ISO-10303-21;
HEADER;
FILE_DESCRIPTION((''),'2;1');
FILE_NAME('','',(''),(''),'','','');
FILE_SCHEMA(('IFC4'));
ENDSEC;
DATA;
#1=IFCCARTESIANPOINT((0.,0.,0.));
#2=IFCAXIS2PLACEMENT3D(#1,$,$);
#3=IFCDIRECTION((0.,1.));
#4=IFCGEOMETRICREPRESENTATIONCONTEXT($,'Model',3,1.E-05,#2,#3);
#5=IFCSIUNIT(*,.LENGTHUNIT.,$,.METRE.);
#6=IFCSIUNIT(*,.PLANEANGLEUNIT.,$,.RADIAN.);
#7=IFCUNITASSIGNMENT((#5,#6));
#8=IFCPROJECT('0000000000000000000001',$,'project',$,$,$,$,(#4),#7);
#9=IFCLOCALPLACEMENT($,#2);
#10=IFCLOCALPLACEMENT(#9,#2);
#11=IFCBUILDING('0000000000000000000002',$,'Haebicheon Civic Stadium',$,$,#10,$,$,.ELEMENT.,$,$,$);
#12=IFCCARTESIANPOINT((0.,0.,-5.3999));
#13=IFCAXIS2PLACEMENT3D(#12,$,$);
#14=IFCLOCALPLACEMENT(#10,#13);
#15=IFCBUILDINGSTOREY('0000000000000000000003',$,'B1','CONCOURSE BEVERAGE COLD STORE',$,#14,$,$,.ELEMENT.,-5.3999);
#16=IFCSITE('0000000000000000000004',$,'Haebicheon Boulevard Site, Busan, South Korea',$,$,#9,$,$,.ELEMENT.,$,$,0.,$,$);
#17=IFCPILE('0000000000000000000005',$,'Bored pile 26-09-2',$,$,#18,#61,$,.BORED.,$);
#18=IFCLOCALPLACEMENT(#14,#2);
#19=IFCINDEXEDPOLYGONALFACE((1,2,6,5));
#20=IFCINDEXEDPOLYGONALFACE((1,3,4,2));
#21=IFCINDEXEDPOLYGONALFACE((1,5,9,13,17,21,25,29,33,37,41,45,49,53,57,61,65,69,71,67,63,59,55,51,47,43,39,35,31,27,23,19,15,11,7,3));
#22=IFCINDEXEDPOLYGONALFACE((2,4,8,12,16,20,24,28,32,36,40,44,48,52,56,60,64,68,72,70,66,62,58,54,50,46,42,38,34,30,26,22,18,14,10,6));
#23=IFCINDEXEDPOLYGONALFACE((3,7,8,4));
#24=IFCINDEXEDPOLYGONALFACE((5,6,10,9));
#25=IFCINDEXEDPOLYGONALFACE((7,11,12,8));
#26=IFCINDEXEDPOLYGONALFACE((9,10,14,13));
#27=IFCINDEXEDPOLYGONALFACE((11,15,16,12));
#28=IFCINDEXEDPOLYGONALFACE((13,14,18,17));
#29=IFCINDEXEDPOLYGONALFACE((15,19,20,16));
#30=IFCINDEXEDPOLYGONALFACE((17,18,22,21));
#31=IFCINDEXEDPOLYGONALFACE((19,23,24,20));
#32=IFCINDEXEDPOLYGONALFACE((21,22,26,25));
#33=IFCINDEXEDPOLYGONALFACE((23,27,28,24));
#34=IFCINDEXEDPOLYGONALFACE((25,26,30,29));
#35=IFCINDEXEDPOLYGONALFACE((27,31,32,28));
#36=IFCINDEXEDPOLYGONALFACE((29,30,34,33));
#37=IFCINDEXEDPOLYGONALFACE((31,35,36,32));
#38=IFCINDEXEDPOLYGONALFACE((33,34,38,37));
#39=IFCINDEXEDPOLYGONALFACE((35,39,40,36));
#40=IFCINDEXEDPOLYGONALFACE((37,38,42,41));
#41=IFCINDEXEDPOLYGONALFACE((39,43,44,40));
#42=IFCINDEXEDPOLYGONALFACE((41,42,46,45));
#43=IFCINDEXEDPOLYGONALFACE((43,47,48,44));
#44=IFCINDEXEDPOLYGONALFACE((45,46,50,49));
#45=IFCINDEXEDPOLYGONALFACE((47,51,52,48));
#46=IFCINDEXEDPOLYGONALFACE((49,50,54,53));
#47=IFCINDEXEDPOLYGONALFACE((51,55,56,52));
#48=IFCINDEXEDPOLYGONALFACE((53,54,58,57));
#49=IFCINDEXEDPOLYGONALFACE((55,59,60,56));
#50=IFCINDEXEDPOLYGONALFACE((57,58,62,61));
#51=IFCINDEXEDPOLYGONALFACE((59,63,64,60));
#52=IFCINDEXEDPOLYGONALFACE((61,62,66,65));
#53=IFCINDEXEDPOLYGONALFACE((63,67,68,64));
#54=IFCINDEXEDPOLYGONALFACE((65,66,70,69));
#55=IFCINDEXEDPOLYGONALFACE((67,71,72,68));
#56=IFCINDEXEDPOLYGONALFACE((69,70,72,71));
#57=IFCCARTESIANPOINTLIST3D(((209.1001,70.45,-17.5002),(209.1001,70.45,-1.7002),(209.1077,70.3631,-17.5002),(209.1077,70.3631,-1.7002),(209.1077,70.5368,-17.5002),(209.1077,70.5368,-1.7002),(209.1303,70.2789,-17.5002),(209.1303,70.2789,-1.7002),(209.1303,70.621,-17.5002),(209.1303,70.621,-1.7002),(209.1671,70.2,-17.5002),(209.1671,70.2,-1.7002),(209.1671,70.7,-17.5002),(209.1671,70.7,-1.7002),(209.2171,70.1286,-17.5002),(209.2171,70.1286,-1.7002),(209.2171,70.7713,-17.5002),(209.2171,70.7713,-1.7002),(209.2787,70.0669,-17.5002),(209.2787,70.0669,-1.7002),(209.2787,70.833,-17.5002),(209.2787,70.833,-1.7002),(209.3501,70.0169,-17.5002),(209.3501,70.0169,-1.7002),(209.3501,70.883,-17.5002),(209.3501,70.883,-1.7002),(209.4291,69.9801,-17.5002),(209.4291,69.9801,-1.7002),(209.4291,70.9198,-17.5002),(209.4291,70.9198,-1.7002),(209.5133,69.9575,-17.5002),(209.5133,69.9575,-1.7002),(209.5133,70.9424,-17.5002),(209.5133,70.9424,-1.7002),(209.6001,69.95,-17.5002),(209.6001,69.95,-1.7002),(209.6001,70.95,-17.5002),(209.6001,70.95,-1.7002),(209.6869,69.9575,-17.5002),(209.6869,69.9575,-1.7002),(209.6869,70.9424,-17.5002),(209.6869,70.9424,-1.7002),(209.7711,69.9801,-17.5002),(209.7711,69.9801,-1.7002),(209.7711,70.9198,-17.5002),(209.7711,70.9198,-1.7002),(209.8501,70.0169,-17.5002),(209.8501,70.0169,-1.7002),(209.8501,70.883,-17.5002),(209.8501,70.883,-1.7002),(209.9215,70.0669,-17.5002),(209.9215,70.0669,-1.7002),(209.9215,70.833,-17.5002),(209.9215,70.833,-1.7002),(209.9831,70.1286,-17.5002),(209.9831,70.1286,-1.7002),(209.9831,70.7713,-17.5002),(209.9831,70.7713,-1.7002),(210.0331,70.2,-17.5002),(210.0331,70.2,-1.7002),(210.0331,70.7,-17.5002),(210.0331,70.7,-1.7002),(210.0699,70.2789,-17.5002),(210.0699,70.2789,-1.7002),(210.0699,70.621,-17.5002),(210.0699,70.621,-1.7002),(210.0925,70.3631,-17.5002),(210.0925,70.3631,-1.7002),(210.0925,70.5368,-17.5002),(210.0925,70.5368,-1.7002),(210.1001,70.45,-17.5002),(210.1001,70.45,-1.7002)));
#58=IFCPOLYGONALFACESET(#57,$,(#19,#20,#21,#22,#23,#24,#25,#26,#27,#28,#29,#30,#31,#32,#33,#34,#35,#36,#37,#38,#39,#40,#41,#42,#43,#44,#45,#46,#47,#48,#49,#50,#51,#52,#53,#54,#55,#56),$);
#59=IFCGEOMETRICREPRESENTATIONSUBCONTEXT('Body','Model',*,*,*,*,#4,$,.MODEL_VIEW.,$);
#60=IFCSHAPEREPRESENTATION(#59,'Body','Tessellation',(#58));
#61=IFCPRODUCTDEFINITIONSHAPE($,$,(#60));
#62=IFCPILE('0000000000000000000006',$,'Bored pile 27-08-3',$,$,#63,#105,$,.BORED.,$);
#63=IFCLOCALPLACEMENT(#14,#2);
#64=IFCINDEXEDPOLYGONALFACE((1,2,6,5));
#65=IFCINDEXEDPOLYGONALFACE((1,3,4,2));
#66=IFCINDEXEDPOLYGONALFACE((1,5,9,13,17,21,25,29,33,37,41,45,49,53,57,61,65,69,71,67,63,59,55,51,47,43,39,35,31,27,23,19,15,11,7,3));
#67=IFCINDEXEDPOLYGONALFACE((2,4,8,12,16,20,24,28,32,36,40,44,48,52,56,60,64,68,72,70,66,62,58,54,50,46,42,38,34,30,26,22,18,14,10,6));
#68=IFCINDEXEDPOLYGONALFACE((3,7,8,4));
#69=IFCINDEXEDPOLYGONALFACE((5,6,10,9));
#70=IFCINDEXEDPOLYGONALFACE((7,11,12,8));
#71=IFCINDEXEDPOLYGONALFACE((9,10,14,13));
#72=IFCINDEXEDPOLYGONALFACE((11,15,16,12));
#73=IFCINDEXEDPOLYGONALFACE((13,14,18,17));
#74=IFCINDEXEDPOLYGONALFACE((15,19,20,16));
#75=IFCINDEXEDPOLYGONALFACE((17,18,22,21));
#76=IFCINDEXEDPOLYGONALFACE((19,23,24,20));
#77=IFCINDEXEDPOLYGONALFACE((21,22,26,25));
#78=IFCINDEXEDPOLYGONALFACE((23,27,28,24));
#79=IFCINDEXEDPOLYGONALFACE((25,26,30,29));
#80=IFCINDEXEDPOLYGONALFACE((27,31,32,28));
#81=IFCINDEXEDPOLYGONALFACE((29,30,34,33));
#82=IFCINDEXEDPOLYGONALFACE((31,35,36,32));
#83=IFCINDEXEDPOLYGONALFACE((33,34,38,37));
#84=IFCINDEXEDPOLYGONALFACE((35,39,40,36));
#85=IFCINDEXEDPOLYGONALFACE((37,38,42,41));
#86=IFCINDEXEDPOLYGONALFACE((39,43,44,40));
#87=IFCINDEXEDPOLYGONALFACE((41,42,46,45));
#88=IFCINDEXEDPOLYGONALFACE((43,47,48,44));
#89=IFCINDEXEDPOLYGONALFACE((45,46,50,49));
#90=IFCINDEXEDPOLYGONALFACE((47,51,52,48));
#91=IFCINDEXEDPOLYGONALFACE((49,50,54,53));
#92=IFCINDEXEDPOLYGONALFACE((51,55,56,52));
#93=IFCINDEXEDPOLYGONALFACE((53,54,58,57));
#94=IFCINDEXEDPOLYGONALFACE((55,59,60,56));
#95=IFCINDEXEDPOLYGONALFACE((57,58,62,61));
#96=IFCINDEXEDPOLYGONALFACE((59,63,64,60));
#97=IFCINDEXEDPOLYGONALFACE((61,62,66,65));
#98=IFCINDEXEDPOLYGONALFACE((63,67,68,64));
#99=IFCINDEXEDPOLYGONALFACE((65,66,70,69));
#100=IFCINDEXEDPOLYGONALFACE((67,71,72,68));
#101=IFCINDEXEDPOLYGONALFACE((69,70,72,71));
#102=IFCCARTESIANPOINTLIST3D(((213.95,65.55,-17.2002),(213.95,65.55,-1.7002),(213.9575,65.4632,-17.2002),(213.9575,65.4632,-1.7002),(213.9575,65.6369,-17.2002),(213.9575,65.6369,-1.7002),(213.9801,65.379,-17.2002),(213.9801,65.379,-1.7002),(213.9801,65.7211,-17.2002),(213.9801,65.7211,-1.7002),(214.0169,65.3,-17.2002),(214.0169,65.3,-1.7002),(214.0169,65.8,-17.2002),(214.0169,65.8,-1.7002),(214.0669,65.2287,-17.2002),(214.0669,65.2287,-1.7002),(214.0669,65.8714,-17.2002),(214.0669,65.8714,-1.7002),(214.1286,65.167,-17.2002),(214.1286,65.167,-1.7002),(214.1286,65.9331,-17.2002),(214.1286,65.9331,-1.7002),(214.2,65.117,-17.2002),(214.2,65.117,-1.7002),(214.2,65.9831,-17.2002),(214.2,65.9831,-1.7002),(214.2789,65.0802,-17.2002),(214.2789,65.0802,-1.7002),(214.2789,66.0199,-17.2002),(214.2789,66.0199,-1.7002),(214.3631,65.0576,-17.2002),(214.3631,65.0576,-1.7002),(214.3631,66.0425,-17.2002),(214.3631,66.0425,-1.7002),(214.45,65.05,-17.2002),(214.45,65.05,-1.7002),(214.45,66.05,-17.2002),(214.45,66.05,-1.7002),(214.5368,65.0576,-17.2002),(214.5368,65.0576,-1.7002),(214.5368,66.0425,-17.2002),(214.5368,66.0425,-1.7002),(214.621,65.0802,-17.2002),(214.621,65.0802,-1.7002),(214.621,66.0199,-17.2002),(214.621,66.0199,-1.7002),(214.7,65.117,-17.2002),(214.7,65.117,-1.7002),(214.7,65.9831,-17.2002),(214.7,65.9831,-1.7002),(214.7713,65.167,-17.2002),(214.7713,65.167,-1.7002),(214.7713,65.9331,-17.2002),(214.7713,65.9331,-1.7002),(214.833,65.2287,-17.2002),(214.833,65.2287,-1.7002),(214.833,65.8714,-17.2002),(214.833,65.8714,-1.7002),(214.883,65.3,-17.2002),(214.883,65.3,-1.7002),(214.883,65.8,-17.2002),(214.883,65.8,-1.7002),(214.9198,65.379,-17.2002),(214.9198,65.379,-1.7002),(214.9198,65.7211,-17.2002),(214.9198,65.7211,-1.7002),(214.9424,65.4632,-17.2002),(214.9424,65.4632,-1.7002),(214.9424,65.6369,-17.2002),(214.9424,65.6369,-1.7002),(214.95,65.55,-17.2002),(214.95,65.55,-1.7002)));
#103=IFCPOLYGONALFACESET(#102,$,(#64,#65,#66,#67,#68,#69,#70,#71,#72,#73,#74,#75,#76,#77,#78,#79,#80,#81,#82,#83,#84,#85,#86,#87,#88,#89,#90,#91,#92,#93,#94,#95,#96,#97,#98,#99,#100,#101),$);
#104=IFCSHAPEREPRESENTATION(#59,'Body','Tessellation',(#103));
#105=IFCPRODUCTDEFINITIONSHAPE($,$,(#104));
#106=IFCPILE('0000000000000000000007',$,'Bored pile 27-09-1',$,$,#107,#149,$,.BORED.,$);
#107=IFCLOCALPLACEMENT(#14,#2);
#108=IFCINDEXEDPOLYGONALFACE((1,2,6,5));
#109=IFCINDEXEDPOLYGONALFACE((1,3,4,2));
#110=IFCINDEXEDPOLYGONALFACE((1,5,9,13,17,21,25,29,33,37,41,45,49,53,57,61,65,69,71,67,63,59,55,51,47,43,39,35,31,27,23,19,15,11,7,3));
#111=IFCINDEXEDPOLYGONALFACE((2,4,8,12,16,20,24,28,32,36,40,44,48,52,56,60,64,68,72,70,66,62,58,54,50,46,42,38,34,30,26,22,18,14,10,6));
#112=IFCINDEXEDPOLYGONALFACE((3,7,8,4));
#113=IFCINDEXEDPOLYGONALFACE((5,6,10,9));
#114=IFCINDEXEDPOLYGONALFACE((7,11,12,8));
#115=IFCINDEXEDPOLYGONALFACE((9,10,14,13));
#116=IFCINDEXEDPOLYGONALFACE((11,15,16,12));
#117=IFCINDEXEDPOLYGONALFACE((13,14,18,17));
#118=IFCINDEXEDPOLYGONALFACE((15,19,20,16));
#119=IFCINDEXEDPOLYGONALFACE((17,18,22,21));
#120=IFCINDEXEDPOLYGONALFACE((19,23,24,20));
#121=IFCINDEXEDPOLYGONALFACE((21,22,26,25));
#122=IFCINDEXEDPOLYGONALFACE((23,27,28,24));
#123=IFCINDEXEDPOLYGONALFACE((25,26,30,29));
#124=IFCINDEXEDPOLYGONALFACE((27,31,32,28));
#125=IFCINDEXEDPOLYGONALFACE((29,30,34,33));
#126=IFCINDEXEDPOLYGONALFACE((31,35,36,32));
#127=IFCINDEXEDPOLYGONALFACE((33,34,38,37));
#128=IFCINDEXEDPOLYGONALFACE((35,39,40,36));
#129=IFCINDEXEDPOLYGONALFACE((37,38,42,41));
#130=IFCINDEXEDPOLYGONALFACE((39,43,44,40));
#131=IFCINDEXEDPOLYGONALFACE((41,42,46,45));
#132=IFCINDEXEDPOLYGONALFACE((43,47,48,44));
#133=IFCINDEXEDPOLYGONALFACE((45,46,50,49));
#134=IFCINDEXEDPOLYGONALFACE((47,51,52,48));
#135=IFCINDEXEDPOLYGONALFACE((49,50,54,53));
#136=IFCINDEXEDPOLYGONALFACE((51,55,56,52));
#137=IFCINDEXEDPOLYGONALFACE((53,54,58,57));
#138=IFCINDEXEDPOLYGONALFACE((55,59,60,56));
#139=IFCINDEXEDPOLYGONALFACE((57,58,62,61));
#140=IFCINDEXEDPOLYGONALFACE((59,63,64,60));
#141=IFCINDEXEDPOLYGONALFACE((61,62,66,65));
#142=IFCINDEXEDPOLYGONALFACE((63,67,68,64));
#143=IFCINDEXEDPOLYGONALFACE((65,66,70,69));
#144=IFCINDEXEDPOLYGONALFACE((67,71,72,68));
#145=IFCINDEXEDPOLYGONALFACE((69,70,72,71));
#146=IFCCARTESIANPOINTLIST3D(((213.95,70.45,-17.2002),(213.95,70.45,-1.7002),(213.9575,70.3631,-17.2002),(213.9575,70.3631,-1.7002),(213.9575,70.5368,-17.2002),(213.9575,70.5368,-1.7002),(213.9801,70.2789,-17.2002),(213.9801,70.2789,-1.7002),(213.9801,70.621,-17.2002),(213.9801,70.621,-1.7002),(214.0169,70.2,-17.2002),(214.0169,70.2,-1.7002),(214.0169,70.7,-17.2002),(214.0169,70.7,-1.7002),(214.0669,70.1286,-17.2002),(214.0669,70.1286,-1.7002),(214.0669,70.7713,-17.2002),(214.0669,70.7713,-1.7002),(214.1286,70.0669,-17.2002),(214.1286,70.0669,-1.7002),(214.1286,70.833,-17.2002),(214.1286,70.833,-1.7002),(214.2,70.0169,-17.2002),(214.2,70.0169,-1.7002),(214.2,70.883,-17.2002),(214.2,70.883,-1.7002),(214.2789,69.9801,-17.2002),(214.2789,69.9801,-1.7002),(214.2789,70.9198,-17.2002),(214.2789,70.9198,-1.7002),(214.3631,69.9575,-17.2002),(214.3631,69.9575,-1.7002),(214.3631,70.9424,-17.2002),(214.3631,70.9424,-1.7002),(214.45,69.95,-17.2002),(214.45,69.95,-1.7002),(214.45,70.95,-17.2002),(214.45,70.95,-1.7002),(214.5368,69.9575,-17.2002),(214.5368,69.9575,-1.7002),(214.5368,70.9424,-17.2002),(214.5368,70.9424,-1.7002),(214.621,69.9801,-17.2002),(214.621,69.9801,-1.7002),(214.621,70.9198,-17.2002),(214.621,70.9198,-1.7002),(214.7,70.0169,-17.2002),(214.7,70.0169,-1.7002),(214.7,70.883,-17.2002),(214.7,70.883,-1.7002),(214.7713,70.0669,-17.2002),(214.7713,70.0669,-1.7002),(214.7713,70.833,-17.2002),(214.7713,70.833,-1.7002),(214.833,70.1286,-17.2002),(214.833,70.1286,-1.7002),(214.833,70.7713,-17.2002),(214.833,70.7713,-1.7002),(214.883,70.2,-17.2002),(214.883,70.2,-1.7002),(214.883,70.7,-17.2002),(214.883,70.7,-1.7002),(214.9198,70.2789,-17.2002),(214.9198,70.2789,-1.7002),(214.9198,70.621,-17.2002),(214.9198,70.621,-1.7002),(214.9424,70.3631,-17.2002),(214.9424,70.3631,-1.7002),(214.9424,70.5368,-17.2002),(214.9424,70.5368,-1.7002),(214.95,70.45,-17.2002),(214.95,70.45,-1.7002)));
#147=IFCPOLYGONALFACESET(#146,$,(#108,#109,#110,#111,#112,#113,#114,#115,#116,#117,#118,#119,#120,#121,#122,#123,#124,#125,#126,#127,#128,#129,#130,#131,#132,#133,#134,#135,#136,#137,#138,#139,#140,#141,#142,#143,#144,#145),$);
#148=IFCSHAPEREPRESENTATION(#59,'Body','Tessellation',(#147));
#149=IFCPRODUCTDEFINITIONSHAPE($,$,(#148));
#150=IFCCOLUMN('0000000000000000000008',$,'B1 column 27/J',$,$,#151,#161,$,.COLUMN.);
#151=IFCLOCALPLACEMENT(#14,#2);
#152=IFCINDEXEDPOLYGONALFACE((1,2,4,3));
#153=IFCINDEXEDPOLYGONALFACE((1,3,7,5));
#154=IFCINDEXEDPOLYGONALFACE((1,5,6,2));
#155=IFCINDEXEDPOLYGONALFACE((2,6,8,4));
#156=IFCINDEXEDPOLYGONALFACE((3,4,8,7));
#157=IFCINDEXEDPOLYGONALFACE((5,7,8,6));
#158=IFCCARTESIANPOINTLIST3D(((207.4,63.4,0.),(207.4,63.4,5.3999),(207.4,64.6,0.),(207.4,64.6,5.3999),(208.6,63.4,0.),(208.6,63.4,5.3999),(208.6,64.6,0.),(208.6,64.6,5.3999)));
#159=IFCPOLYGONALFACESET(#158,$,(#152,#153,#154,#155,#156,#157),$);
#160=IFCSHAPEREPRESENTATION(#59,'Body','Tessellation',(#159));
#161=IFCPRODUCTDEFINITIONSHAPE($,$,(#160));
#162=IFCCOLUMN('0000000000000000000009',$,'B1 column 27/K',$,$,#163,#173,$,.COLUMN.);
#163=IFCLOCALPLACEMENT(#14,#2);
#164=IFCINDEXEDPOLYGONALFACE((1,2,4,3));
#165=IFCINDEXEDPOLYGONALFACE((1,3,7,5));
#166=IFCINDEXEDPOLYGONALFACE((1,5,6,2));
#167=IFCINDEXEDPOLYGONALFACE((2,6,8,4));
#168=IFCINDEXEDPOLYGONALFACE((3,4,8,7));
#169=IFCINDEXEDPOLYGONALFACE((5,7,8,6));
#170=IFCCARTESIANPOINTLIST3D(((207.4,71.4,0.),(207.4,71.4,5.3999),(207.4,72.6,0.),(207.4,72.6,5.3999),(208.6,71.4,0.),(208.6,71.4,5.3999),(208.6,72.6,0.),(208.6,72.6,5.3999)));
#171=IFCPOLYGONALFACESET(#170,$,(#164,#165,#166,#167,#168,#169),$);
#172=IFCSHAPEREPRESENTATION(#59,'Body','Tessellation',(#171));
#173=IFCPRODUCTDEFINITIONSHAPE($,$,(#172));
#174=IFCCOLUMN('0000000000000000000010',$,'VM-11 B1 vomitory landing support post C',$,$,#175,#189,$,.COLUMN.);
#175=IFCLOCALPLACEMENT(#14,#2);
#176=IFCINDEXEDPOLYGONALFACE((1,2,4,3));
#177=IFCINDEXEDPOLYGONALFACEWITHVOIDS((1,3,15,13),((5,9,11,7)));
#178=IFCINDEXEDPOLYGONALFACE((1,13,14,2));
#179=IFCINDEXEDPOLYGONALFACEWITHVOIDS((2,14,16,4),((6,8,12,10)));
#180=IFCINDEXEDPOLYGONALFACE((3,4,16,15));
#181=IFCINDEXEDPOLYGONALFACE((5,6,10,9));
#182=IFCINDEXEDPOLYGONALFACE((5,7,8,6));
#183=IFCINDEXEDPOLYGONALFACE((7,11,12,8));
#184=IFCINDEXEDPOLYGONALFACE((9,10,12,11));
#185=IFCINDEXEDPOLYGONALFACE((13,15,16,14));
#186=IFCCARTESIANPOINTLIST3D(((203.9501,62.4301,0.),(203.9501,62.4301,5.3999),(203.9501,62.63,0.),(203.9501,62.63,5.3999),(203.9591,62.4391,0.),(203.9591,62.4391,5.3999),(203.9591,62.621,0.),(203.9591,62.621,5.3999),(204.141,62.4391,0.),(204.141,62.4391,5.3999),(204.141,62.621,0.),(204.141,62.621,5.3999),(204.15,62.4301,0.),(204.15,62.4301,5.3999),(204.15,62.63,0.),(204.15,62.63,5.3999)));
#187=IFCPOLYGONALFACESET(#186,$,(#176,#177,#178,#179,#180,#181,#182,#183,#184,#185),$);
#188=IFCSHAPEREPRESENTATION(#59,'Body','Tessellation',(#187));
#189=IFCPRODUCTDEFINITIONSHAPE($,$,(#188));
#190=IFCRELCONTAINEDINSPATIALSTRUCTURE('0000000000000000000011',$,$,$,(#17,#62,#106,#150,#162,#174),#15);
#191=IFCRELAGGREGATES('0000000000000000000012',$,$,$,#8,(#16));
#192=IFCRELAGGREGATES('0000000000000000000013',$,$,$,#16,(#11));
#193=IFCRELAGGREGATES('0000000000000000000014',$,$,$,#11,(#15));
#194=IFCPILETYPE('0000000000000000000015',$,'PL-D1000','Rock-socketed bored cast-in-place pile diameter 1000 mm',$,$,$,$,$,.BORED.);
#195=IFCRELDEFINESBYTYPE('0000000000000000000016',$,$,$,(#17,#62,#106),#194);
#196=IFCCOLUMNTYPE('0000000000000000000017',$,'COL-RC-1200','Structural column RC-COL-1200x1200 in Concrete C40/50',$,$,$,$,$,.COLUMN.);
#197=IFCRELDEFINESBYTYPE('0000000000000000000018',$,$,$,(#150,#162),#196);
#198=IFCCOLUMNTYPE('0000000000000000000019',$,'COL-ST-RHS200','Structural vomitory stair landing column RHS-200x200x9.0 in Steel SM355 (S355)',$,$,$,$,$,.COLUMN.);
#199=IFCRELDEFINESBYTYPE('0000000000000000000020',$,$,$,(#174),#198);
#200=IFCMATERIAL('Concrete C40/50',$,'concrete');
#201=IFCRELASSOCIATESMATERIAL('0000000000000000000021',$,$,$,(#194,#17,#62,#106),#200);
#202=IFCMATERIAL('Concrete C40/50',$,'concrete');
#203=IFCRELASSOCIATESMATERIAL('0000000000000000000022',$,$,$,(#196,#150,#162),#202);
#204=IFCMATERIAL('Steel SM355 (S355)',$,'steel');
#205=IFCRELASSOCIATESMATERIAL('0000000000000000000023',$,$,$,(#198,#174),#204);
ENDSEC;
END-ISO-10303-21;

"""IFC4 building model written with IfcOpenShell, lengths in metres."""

from ifc_helpers import new_model, si_unit, direction, frame, origin, origin_2d, place, context, subcontext, project, spatial, rectangle, hollow_rectangle, circle, extrude, material, material_profile, profile_set, type_object, element, save


model = new_model("IFC4")

# Units and contexts
model_context = context("Model", 3, precision=1e-05, world=origin(), true_north=direction((0.0, 1.0)))
body_context = subcontext(model_context, "Body", "Model", "MODEL_VIEW")
ifc_project = project(units=[si_unit("LENGTHUNIT", "METRE"), si_unit("PLANEANGLEUNIT", "RADIAN")], contexts=[model_context])

# Site, building, storey
site_placement = place(None, origin())
site = spatial("IfcSite", under=ifc_project, at=site_placement, Name="Haebicheon Boulevard Site, Busan, South Korea", CompositionType="ELEMENT", RefElevation=0.0)
building_placement = place(site_placement, origin())
building = spatial("IfcBuilding", under=site, at=building_placement, Name="Haebicheon Civic Stadium", CompositionType="ELEMENT")
storey_placement = place(building_placement, frame((0.0, 0.0, -5.3999)))
storey = spatial("IfcBuildingStorey", under=building, at=storey_placement, Name="B1", Description="CONCOURSE BEVERAGE COLD STORE", CompositionType="ELEMENT", Elevation=-5.3999)

# Piles
ifc_material_1 = material(Name="Concrete C40/50", Category="concrete")
ifc_material_profile_1 = material_profile(ifc_material_1, circle(Radius=0.5, at=origin_2d()), Name="PILE-D1000")
ifc_profile_set_1 = profile_set([ifc_material_profile_1], Name="Concrete C40/50")
pile_type = type_object("IfcPileType", Name="PL-D1000", Description="Rock-socketed bored cast-in-place pile diameter 1000 mm", PredefinedType="BORED", material=ifc_profile_set_1)
for number, where, z_axis, x_axis, name in (
    (1, (209.6001, 70.45, -1.7002), (0.0, 0.0, -1.0), (1.0, 0.0, 0.0), "Bored pile 26-09-2"),
):
    element("IfcPile", number, at=place(storey_placement, frame(where, z_axis=z_axis, x_axis=x_axis)), inside=storey, type_object=pile_type, material=ifc_profile_set_1, Name=name, PredefinedType="BORED", context=body_context, shape_type="SweptSolid", body=[
        extrude(circle(Radius=0.5, at=origin_2d()), origin(), (0.0, 0.0, 1.0), 15.8),
    ])
for number, where, z_axis, x_axis, name in (
    (2, (214.45, 65.55, -1.7002), (0.0, 0.0, -1.0), (1.0, 0.0, 0.0), "Bored pile 27-08-3"),
    (3, (214.45, 70.45, -1.7002), (0.0, 0.0, -1.0), (1.0, 0.0, 0.0), "Bored pile 27-09-1"),
):
    element("IfcPile", number, at=place(storey_placement, frame(where, z_axis=z_axis, x_axis=x_axis)), inside=storey, type_object=pile_type, material=ifc_profile_set_1, Name=name, PredefinedType="BORED", context=body_context, shape_type="SweptSolid", body=[
        extrude(circle(Radius=0.5, at=origin_2d()), origin(), (0.0, 0.0, 1.0), 15.5),
    ])

# Columns
ifc_material_2 = material(Name="Concrete C40/50", Category="concrete")
ifc_material_profile_2 = material_profile(ifc_material_2, rectangle(XDim=1.2, YDim=1.2, at=origin_2d()), Name="RC-COL-1200x1200")
ifc_profile_set_2 = profile_set([ifc_material_profile_2], Name="Concrete C40/50")
column_type_1 = type_object("IfcColumnType", Name="COL-RC-1200", Description="Structural column RC-COL-1200x1200 in Concrete C40/50", PredefinedType="COLUMN", material=ifc_profile_set_2)
for number, where, z_axis, x_axis, name in (
    (4, (208.0, 64.0, 0.0), (0.0, 0.0, 1.0), (1.0, 0.0, 0.0), "B1 column 27/J"),
    (5, (208.0, 72.0, 0.0), (0.0, 0.0, 1.0), (1.0, 0.0, 0.0), "B1 column 27/K"),
):
    element("IfcColumn", number, at=place(storey_placement, frame(where, z_axis=z_axis, x_axis=x_axis)), inside=storey, type_object=column_type_1, material=ifc_profile_set_2, Name=name, PredefinedType="COLUMN", context=body_context, shape_type="SweptSolid", body=[
        extrude(rectangle(XDim=1.2, YDim=1.2, at=origin_2d()), origin(), (0.0, 0.0, 1.0), 5.3999),
    ])
ifc_material_3 = material(Name="Steel SM355 (S355)", Category="steel")
ifc_material_profile_3 = material_profile(ifc_material_3, hollow_rectangle(XDim=0.2, YDim=0.2, WallThickness=0.009, at=origin_2d()), Name="RHS-200x200x9.0")
ifc_profile_set_3 = profile_set([ifc_material_profile_3], Name="Steel SM355 (S355)")
column_type_2 = type_object("IfcColumnType", Name="COL-ST-RHS200", Description="Structural vomitory stair landing column RHS-200x200x9.0 in Steel SM355 (S355)", PredefinedType="COLUMN", material=ifc_profile_set_3)
column_placement = place(storey_placement, frame((204.05, 62.53, 0.0), z_axis=(0.0, 0.0, 1.0), x_axis=(1.0, 0.0, 0.0)))
element("IfcColumn", 6, at=column_placement, inside=storey, type_object=column_type_2, material=ifc_profile_set_3, Name="VM-11 B1 vomitory landing support post C", PredefinedType="COLUMN", context=body_context, shape_type="SweptSolid", body=[
    extrude(hollow_rectangle(XDim=0.2, YDim=0.2, WallThickness=0.009, at=origin_2d()), origin(), (0.0, 0.0, 1.0), 5.3999),
])

save(model, "model.ifc")
